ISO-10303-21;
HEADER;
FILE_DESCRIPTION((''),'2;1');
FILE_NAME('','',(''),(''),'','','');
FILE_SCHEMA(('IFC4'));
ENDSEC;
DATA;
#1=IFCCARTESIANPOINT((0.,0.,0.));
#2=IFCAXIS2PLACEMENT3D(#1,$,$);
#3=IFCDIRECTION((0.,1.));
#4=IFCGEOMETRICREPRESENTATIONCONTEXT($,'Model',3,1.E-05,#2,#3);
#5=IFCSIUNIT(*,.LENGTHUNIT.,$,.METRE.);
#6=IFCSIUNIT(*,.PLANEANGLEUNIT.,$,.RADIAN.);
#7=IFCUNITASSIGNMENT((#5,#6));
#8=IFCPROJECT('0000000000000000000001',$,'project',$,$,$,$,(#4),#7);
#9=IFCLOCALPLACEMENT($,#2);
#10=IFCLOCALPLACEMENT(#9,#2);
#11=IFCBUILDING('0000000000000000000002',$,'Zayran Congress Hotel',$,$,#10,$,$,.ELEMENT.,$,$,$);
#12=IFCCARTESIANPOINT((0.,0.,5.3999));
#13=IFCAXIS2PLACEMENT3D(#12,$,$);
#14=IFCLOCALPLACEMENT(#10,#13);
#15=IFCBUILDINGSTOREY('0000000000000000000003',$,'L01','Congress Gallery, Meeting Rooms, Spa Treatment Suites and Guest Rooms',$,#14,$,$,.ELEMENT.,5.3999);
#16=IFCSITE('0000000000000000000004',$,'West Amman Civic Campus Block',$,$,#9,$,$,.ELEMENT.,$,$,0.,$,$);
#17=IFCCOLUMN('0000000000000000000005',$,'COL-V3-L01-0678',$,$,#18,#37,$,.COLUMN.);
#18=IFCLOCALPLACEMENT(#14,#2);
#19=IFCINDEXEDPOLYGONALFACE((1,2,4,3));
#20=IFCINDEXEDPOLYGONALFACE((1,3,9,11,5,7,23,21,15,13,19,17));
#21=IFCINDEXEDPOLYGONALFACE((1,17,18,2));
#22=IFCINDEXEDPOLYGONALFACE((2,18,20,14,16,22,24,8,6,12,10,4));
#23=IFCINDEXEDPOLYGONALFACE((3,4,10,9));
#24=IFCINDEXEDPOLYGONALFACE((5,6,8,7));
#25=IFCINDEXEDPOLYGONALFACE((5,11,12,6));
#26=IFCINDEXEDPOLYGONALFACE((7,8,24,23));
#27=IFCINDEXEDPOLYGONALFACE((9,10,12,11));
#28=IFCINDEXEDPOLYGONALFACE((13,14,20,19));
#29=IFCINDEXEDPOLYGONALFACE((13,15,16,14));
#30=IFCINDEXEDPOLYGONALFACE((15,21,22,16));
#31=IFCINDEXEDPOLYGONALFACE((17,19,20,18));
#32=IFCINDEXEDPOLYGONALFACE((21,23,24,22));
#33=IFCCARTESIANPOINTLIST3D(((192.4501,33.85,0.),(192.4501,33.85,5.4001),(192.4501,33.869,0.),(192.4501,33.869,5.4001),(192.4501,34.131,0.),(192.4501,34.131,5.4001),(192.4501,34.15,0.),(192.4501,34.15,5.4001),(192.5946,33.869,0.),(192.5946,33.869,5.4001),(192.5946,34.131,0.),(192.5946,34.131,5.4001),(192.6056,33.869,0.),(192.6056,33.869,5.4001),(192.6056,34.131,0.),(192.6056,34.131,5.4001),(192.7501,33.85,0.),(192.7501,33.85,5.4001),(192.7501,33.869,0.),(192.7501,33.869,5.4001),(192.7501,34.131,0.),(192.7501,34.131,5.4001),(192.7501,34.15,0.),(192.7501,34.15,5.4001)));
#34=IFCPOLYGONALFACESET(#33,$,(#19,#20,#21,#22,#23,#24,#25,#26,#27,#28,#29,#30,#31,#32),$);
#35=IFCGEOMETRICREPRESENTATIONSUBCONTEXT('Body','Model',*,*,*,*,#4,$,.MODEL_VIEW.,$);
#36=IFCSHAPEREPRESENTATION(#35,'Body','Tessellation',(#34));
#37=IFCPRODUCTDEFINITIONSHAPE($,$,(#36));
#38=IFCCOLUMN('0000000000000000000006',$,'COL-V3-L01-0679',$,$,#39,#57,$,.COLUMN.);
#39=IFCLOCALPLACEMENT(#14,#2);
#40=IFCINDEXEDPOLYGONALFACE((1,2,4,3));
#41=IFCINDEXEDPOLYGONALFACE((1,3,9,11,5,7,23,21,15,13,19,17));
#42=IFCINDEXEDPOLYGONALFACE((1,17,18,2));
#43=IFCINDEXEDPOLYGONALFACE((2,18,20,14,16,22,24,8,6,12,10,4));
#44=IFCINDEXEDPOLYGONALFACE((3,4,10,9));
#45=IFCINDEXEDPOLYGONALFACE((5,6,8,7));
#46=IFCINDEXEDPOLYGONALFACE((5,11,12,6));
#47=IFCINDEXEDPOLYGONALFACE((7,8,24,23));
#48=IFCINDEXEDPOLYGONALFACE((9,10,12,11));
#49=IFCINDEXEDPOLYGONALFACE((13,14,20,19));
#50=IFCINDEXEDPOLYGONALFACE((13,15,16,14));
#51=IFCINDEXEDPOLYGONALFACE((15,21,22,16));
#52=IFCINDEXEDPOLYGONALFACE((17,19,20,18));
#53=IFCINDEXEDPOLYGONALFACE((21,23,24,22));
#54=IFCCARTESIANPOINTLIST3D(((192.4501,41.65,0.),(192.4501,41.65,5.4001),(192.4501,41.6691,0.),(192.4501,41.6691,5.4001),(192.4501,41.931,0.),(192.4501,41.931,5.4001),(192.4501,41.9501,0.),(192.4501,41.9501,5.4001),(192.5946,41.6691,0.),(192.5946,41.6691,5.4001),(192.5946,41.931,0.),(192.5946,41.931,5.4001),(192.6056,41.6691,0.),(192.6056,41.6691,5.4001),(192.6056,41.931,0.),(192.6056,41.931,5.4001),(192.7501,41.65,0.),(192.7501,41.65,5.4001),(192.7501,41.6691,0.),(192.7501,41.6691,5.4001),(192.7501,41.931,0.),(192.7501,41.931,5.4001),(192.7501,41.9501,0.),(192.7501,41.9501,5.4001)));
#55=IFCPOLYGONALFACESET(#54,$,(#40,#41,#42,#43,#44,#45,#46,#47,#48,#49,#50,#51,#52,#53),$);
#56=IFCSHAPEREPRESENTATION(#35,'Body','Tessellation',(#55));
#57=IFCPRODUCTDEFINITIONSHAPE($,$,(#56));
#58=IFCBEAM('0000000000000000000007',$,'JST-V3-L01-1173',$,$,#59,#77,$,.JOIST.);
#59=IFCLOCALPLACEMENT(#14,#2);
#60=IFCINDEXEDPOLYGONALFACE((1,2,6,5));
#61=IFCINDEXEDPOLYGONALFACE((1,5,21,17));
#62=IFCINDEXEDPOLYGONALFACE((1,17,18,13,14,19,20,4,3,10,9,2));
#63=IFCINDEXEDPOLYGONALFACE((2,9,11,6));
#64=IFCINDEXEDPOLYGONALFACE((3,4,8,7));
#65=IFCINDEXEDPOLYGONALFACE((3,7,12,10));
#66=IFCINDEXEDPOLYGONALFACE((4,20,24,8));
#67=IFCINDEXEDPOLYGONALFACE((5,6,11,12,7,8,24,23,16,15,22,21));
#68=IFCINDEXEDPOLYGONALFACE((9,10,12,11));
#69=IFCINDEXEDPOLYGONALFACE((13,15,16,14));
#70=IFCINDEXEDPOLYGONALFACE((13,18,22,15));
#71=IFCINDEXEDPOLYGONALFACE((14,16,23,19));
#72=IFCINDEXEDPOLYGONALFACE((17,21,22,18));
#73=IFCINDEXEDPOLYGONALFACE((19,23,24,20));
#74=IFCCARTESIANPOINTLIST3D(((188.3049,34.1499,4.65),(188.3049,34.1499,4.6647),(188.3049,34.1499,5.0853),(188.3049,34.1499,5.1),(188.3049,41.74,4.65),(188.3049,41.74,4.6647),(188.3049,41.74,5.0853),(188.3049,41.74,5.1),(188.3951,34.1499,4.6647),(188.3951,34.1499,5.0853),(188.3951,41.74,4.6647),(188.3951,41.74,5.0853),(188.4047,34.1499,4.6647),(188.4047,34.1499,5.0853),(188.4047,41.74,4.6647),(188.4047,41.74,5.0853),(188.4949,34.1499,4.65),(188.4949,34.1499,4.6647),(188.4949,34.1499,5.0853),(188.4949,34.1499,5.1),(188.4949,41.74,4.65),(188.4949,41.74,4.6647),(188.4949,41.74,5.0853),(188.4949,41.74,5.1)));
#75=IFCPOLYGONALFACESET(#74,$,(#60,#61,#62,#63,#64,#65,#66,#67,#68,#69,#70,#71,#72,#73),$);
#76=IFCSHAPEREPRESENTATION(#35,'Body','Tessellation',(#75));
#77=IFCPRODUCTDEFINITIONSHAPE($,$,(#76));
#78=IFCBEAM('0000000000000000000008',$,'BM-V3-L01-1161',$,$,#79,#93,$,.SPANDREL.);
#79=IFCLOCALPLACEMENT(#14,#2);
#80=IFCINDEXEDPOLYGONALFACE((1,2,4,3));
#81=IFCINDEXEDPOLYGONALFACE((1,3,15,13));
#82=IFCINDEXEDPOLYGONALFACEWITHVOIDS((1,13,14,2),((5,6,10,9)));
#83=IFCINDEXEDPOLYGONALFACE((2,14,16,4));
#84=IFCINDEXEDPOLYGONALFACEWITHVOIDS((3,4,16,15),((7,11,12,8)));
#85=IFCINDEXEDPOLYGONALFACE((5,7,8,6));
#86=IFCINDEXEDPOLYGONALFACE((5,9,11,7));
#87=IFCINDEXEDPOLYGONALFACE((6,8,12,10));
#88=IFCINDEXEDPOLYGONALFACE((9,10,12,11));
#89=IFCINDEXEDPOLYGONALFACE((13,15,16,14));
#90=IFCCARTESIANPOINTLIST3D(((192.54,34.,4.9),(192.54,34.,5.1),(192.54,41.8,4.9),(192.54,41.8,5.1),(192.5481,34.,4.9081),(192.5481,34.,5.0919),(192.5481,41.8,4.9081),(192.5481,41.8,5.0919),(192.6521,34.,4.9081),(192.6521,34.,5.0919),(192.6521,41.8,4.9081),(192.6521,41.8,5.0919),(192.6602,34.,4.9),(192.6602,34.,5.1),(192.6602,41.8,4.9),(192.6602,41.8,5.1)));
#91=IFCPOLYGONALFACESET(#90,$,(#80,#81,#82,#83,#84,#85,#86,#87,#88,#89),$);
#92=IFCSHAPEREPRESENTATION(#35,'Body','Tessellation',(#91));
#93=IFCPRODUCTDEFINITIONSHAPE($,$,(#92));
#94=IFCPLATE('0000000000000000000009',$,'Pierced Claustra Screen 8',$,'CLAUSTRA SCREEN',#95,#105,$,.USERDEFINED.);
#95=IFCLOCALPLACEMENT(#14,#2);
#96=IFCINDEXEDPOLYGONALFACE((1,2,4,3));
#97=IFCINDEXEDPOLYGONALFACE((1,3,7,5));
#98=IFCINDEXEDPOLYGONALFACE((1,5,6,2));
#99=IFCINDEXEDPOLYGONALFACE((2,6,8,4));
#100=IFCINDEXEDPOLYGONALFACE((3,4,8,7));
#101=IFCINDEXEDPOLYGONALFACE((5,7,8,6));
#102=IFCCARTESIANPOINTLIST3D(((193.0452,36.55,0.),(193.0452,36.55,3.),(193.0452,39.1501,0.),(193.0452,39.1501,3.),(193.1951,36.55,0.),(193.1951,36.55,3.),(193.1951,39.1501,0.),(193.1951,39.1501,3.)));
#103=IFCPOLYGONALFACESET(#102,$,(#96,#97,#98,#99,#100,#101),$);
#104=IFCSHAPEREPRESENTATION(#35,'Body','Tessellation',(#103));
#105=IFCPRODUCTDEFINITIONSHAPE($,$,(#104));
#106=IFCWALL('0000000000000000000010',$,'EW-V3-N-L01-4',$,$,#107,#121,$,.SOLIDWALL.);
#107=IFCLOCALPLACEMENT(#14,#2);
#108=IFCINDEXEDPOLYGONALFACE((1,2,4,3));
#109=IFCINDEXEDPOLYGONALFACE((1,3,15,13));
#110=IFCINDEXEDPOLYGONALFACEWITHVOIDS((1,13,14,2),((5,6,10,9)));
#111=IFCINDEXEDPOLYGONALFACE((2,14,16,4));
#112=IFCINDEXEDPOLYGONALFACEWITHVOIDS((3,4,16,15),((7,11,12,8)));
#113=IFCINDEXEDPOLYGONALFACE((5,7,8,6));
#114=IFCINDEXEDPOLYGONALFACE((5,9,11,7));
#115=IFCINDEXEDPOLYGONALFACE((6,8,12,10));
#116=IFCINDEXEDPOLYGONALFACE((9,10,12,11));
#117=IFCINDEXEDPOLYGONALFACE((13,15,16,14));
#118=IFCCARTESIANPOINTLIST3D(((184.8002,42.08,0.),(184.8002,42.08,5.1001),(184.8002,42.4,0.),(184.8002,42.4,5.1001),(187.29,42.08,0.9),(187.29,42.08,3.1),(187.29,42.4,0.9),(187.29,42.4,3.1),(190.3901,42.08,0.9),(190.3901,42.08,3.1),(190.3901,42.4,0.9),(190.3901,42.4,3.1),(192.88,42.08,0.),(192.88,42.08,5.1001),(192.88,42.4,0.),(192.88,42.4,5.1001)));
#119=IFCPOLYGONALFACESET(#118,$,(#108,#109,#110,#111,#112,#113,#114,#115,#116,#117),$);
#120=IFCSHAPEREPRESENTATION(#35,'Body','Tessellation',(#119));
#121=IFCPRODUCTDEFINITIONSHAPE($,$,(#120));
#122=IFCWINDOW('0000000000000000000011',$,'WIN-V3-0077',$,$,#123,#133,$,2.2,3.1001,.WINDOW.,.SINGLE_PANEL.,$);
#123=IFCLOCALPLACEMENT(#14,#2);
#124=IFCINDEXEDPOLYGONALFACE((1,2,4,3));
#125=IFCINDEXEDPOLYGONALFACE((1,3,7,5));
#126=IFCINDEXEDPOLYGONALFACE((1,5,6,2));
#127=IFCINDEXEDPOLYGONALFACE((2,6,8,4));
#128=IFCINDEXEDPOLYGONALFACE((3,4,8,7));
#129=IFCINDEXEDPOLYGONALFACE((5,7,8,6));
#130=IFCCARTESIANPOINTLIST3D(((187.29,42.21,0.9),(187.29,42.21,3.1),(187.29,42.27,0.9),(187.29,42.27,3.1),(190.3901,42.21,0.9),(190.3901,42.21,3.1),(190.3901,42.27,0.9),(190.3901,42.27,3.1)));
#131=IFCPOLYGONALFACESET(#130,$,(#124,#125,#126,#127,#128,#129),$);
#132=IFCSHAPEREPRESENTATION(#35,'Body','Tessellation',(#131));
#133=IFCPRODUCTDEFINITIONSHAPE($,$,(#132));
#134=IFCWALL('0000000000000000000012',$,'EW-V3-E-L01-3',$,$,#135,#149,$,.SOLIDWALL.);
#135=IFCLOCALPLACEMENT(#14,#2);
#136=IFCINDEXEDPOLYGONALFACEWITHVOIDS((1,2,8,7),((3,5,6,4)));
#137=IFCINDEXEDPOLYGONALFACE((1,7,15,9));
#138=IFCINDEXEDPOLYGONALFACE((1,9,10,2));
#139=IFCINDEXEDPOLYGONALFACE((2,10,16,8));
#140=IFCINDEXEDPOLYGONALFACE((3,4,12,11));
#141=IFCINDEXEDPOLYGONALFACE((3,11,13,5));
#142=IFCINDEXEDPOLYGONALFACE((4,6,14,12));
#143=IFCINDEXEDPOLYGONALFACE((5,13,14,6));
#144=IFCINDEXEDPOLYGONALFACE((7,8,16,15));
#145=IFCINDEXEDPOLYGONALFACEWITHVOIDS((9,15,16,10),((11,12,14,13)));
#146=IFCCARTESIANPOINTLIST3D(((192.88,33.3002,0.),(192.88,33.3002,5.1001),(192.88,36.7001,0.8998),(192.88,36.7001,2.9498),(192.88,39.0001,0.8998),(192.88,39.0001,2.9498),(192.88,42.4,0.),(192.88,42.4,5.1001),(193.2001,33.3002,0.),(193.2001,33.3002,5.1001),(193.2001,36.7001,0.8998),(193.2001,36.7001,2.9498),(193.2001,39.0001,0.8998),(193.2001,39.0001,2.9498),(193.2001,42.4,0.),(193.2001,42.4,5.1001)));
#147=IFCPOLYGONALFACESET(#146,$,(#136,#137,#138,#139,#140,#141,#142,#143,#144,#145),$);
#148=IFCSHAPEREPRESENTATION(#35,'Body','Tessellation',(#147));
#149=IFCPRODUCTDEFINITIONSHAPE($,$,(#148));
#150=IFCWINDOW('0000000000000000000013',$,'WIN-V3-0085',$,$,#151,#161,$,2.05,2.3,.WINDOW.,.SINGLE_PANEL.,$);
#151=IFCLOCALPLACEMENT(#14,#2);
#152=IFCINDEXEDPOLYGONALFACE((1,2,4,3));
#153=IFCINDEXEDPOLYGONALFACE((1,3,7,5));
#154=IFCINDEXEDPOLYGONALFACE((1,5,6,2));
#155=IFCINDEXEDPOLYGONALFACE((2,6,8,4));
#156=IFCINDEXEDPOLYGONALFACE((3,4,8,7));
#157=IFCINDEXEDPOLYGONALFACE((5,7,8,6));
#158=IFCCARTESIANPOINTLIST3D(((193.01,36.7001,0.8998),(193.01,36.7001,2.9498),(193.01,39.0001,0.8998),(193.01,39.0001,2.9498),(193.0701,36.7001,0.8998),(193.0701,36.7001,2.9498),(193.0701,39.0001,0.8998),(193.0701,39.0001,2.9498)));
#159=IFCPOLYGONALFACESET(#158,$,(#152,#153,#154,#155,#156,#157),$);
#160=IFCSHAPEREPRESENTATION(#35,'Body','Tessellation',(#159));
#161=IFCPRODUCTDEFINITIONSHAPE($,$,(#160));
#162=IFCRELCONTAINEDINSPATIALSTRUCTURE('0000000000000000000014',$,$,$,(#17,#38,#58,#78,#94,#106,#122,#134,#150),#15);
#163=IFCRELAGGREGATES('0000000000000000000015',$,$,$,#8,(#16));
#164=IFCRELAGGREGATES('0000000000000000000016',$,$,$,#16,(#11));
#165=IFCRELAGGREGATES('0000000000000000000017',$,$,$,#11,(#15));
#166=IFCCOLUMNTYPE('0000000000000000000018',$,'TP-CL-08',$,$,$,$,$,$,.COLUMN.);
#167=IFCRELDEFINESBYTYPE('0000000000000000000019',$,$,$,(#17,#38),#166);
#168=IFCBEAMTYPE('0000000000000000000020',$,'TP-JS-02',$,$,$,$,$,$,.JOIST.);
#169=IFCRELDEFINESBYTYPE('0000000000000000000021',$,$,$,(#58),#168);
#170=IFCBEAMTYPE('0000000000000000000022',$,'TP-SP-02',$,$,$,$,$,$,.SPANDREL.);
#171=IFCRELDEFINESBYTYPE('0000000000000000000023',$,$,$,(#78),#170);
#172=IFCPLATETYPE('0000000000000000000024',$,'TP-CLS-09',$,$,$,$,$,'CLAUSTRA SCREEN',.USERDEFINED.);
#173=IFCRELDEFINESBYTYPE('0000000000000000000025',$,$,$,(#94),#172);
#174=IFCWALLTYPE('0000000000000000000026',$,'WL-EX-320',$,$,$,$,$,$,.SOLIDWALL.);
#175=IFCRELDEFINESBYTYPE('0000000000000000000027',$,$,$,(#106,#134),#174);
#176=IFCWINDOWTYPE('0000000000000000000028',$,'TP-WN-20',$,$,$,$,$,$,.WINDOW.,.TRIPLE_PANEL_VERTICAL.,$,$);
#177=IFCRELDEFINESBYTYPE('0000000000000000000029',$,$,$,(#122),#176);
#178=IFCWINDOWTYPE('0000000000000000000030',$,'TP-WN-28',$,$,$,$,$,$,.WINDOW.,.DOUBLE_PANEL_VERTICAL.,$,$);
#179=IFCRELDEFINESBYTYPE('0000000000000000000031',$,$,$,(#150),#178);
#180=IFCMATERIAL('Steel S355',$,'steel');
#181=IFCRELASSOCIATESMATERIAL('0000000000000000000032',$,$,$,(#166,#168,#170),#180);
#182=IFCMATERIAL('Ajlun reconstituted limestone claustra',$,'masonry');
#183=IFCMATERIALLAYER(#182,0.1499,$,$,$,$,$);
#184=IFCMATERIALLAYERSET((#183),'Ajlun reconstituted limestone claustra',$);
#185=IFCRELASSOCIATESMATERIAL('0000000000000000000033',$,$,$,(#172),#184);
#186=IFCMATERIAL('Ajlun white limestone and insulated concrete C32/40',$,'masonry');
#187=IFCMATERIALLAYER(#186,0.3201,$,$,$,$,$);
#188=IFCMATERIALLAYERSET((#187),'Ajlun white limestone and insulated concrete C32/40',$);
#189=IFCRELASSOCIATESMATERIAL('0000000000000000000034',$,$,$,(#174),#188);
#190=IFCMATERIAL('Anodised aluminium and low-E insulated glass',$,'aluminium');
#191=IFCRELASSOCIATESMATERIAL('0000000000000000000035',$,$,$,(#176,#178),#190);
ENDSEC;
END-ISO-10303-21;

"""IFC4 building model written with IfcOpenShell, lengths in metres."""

from ifc_helpers import new_model, si_unit, direction, frame, frame_2d, origin, origin_2d, place, context, subcontext, project, spatial, rectangle, hollow_rectangle, i_section, extrude, material, layer, layer_set, material_profile, profile_set, type_object, element, fill, save


model = new_model("IFC4")

# Units and contexts
model_context = context("Model", 3, precision=1e-05, world=origin(), true_north=direction((0.0, 1.0)))
body_context = subcontext(model_context, "Body", "Model", "MODEL_VIEW")
ifc_project = project(units=[si_unit("LENGTHUNIT", "METRE"), si_unit("PLANEANGLEUNIT", "RADIAN")], contexts=[model_context])

# Site, building, storey
site_placement = place(None, origin())
site = spatial("IfcSite", under=ifc_project, at=site_placement, Name="West Amman Civic Campus Block", CompositionType="ELEMENT", RefElevation=0.0)
building_placement = place(site_placement, origin())
building = spatial("IfcBuilding", under=site, at=building_placement, Name="Zayran Congress Hotel", CompositionType="ELEMENT")
storey_placement = place(building_placement, frame((0.0, 0.0, 5.3999)))
storey = spatial("IfcBuildingStorey", under=building, at=storey_placement, Name="L01", Description="Congress Gallery, Meeting Rooms, Spa Treatment Suites and Guest Rooms", CompositionType="ELEMENT", Elevation=5.3999)

# Columns
ifc_material_1 = material(Name="Steel S355", Category="steel")
ifc_material_profile_1 = material_profile(ifc_material_1, i_section(OverallWidth=0.3, OverallDepth=0.3, WebThickness=0.011, FlangeThickness=0.019, at=origin_2d()), Name="HEB 300")
ifc_profile_set_1 = profile_set([ifc_material_profile_1], Name="Steel S355")
column_type = type_object("IfcColumnType", Name="TP-CL-08", PredefinedType="COLUMN", material=ifc_profile_set_1)
for number, where, z_axis, x_axis, name in (
    (1, (192.6001, 34.0, 0.0), (0.0, 0.0, 1.0), (1.0, 0.0, 0.0), "COL-V3-L01-0678"),
    (2, (192.6001, 41.8, 0.0), (0.0, 0.0, 1.0), (1.0, 0.0, 0.0), "COL-V3-L01-0679"),
):
    element("IfcColumn", number, at=place(storey_placement, frame(where, z_axis=z_axis, x_axis=x_axis)), inside=storey, type_object=column_type, Name=name, PredefinedType="COLUMN", context=body_context, shape_type="SweptSolid", body=[
        extrude(i_section(OverallWidth=0.3, OverallDepth=0.3, WebThickness=0.011, FlangeThickness=0.019, at=origin_2d()), origin(), (0.0, 0.0, 1.0), 5.4001),
    ])

# Beams
ifc_material_profile_2 = material_profile(ifc_material_1, i_section(OverallWidth=0.1899, OverallDepth=0.45, WebThickness=0.0095, FlangeThickness=0.0146, at=origin_2d()), Name="IPE 450")
ifc_profile_set_2 = profile_set([ifc_material_profile_2], Name="Steel S355")
beam_type_1 = type_object("IfcBeamType", Name="TP-JS-02", PredefinedType="JOIST", material=ifc_profile_set_2)
beam_1_placement = place(storey_placement, frame((188.3999, 34.1499, 4.875), z_axis=(0.0, 1.0, 0.0), x_axis=(-1.0, 0.0, 0.0)))
element("IfcBeam", 3, at=beam_1_placement, inside=storey, type_object=beam_type_1, Name="JST-V3-L01-1173", PredefinedType="JOIST", context=body_context, shape_type="SweptSolid", body=[
    extrude(i_section(OverallWidth=0.1899, OverallDepth=0.45, WebThickness=0.0095, FlangeThickness=0.0146, at=origin_2d()), origin(), (0.0, 0.0, 1.0), 7.5901),
])
ifc_material_profile_3 = material_profile(ifc_material_1, hollow_rectangle(XDim=0.1201, YDim=0.2, WallThickness=0.0081, at=origin_2d()), Name="RHS 200x120x8")
ifc_profile_set_3 = profile_set([ifc_material_profile_3], Name="Steel S355")
beam_type_2 = type_object("IfcBeamType", Name="TP-SP-02", PredefinedType="SPANDREL", material=ifc_profile_set_3)
beam_2_placement = place(storey_placement, frame((192.6001, 34.0, 5.0), z_axis=(0.0, 1.0, 0.0), x_axis=(-1.0, 0.0, 0.0)))
element("IfcBeam", 4, at=beam_2_placement, inside=storey, type_object=beam_type_2, Name="BM-V3-L01-1161", PredefinedType="SPANDREL", context=body_context, shape_type="SweptSolid", body=[
    extrude(hollow_rectangle(XDim=0.1201, YDim=0.2, WallThickness=0.0081, at=origin_2d()), origin(), (0.0, 0.0, 1.0), 7.8),
])

# Plate
ifc_material_2 = material(Name="Ajlun reconstituted limestone claustra", Category="masonry")
ifc_layer_1 = layer(ifc_material_2, 0.1499)
ifc_layer_set_1 = layer_set([ifc_layer_1], Name="Ajlun reconstituted limestone claustra")
plate_type = type_object("IfcPlateType", Name="TP-CLS-09", ElementType="CLAUSTRA SCREEN", PredefinedType="USERDEFINED", material=ifc_layer_set_1)
plate_placement = place(storey_placement, frame((193.1201, 37.8501, 0.0), z_axis=(0.0, 0.0, 1.0), x_axis=(0.0, 1.0, 0.0)))
element("IfcPlate", 5, at=plate_placement, inside=storey, type_object=plate_type, Name="Pierced Claustra Screen 8", ObjectType="CLAUSTRA SCREEN", PredefinedType="USERDEFINED", context=body_context, shape_type="SweptSolid", body=[
    extrude(rectangle(XDim=2.6001, YDim=0.1499, at=origin_2d()), origin(), (0.0, 0.0, 1.0), 3.0),
])

# Walls, openings, windows
ifc_material_3 = material(Name="Ajlun white limestone and insulated concrete C32/40", Category="masonry")
ifc_layer_2 = layer(ifc_material_3, 0.3201)
ifc_layer_set_2 = layer_set([ifc_layer_2], Name="Ajlun white limestone and insulated concrete C32/40")
wall_type_1 = type_object("IfcWallType", Name="WL-EX-320", PredefinedType="SOLIDWALL", material=ifc_layer_set_2)
wall_1_placement = place(storey_placement, frame((184.8, 42.24, 0.0), z_axis=(0.0, 0.0, 1.0), x_axis=(1.0, 0.0, 0.0)))
wall_1 = element("IfcWall", 6, at=wall_1_placement, inside=storey, type_object=wall_type_1, Name="EW-V3-N-L01-4", PredefinedType="SOLIDWALL", context=body_context, shape_type="SweptSolid", body=[
    extrude(rectangle(XDim=8.0798, YDim=0.3201, at=frame_2d((4.04, 0.0))), origin(), (0.0, 0.0, 1.0), 5.1001),
])
opening_1_placement = place(wall_1_placement, frame((2.49, 0.0, 0.8999)))
opening_1 = element("IfcOpeningElement", 7, at=opening_1_placement, cuts=wall_1, PredefinedType="OPENING", context=body_context, shape_type="SweptSolid", body=[
    extrude(rectangle(XDim=3.1001, YDim=2.2, at=frame_2d((1.55, 1.1001))), frame((0.0, 0.1699, 0.0), z_axis=(0.0, -1.0, 0.0), x_axis=(1.0, 0.0, 0.0)), (0.0, 0.0, 1.0), 0.3401),
])
ifc_material_4 = material(Name="Anodised aluminium and low-E insulated glass", Category="aluminium")
window_type_1 = type_object("IfcWindowType", Name="TP-WN-20", PartitioningType="TRIPLE_PANEL_VERTICAL", PredefinedType="WINDOW", material=ifc_material_4)
window_1_placement = place(opening_1_placement, origin())
window_1 = element("IfcWindow", 8, at=window_1_placement, inside=storey, type_object=window_type_1, Name="WIN-V3-0077", OverallHeight=2.2, OverallWidth=3.1001, PartitioningType="SINGLE_PANEL", PredefinedType="WINDOW", context=body_context, shape_type="SweptSolid", body=[
    extrude(rectangle(XDim=3.1001, YDim=2.2, at=frame_2d((1.55, 1.1001))), frame((0.0, 0.03, 0.0), z_axis=(0.0, -1.0, 0.0), x_axis=(1.0, 0.0, 0.0)), (0.0, 0.0, 1.0), 0.0601),
])
fill(opening_1, window_1)
wall_2_placement = place(storey_placement, frame((193.04, 42.3999, 0.0), z_axis=(0.0, 0.0, 1.0), x_axis=(0.0, -1.0, 0.0)))
wall_2 = element("IfcWall", 9, at=wall_2_placement, inside=storey, type_object=wall_type_1, Name="EW-V3-E-L01-3", PredefinedType="SOLIDWALL", context=body_context, shape_type="SweptSolid", body=[
    extrude(rectangle(XDim=9.0999, YDim=0.3201, at=frame_2d((4.5498, 0.0))), origin(), (0.0, 0.0, 1.0), 5.1001),
])
opening_2_placement = place(wall_2_placement, frame((3.3999, 0.0, 0.8999)))
opening_2 = element("IfcOpeningElement", 10, at=opening_2_placement, cuts=wall_2, PredefinedType="OPENING", context=body_context, shape_type="SweptSolid", body=[
    extrude(rectangle(XDim=2.3, YDim=2.05, at=frame_2d((1.1499, 1.0249))), frame((0.0, 0.1699, 0.0), z_axis=(0.0, -1.0, 0.0), x_axis=(1.0, 0.0, 0.0)), (0.0, 0.0, 1.0), 0.3401),
])
window_type_2 = type_object("IfcWindowType", Name="TP-WN-28", PartitioningType="DOUBLE_PANEL_VERTICAL", PredefinedType="WINDOW", material=ifc_material_4)
window_2_placement = place(opening_2_placement, origin())
window_2 = element("IfcWindow", 11, at=window_2_placement, inside=storey, type_object=window_type_2, Name="WIN-V3-0085", OverallHeight=2.05, OverallWidth=2.3, PartitioningType="SINGLE_PANEL", PredefinedType="WINDOW", context=body_context, shape_type="SweptSolid", body=[
    extrude(rectangle(XDim=2.3, YDim=2.05, at=frame_2d((1.1499, 1.0249))), frame((0.0, 0.03, 0.0), z_axis=(0.0, -1.0, 0.0), x_axis=(1.0, 0.0, 0.0)), (0.0, 0.0, 1.0), 0.0601),
])
fill(opening_2, window_2)

save(model, "model.ifc")
